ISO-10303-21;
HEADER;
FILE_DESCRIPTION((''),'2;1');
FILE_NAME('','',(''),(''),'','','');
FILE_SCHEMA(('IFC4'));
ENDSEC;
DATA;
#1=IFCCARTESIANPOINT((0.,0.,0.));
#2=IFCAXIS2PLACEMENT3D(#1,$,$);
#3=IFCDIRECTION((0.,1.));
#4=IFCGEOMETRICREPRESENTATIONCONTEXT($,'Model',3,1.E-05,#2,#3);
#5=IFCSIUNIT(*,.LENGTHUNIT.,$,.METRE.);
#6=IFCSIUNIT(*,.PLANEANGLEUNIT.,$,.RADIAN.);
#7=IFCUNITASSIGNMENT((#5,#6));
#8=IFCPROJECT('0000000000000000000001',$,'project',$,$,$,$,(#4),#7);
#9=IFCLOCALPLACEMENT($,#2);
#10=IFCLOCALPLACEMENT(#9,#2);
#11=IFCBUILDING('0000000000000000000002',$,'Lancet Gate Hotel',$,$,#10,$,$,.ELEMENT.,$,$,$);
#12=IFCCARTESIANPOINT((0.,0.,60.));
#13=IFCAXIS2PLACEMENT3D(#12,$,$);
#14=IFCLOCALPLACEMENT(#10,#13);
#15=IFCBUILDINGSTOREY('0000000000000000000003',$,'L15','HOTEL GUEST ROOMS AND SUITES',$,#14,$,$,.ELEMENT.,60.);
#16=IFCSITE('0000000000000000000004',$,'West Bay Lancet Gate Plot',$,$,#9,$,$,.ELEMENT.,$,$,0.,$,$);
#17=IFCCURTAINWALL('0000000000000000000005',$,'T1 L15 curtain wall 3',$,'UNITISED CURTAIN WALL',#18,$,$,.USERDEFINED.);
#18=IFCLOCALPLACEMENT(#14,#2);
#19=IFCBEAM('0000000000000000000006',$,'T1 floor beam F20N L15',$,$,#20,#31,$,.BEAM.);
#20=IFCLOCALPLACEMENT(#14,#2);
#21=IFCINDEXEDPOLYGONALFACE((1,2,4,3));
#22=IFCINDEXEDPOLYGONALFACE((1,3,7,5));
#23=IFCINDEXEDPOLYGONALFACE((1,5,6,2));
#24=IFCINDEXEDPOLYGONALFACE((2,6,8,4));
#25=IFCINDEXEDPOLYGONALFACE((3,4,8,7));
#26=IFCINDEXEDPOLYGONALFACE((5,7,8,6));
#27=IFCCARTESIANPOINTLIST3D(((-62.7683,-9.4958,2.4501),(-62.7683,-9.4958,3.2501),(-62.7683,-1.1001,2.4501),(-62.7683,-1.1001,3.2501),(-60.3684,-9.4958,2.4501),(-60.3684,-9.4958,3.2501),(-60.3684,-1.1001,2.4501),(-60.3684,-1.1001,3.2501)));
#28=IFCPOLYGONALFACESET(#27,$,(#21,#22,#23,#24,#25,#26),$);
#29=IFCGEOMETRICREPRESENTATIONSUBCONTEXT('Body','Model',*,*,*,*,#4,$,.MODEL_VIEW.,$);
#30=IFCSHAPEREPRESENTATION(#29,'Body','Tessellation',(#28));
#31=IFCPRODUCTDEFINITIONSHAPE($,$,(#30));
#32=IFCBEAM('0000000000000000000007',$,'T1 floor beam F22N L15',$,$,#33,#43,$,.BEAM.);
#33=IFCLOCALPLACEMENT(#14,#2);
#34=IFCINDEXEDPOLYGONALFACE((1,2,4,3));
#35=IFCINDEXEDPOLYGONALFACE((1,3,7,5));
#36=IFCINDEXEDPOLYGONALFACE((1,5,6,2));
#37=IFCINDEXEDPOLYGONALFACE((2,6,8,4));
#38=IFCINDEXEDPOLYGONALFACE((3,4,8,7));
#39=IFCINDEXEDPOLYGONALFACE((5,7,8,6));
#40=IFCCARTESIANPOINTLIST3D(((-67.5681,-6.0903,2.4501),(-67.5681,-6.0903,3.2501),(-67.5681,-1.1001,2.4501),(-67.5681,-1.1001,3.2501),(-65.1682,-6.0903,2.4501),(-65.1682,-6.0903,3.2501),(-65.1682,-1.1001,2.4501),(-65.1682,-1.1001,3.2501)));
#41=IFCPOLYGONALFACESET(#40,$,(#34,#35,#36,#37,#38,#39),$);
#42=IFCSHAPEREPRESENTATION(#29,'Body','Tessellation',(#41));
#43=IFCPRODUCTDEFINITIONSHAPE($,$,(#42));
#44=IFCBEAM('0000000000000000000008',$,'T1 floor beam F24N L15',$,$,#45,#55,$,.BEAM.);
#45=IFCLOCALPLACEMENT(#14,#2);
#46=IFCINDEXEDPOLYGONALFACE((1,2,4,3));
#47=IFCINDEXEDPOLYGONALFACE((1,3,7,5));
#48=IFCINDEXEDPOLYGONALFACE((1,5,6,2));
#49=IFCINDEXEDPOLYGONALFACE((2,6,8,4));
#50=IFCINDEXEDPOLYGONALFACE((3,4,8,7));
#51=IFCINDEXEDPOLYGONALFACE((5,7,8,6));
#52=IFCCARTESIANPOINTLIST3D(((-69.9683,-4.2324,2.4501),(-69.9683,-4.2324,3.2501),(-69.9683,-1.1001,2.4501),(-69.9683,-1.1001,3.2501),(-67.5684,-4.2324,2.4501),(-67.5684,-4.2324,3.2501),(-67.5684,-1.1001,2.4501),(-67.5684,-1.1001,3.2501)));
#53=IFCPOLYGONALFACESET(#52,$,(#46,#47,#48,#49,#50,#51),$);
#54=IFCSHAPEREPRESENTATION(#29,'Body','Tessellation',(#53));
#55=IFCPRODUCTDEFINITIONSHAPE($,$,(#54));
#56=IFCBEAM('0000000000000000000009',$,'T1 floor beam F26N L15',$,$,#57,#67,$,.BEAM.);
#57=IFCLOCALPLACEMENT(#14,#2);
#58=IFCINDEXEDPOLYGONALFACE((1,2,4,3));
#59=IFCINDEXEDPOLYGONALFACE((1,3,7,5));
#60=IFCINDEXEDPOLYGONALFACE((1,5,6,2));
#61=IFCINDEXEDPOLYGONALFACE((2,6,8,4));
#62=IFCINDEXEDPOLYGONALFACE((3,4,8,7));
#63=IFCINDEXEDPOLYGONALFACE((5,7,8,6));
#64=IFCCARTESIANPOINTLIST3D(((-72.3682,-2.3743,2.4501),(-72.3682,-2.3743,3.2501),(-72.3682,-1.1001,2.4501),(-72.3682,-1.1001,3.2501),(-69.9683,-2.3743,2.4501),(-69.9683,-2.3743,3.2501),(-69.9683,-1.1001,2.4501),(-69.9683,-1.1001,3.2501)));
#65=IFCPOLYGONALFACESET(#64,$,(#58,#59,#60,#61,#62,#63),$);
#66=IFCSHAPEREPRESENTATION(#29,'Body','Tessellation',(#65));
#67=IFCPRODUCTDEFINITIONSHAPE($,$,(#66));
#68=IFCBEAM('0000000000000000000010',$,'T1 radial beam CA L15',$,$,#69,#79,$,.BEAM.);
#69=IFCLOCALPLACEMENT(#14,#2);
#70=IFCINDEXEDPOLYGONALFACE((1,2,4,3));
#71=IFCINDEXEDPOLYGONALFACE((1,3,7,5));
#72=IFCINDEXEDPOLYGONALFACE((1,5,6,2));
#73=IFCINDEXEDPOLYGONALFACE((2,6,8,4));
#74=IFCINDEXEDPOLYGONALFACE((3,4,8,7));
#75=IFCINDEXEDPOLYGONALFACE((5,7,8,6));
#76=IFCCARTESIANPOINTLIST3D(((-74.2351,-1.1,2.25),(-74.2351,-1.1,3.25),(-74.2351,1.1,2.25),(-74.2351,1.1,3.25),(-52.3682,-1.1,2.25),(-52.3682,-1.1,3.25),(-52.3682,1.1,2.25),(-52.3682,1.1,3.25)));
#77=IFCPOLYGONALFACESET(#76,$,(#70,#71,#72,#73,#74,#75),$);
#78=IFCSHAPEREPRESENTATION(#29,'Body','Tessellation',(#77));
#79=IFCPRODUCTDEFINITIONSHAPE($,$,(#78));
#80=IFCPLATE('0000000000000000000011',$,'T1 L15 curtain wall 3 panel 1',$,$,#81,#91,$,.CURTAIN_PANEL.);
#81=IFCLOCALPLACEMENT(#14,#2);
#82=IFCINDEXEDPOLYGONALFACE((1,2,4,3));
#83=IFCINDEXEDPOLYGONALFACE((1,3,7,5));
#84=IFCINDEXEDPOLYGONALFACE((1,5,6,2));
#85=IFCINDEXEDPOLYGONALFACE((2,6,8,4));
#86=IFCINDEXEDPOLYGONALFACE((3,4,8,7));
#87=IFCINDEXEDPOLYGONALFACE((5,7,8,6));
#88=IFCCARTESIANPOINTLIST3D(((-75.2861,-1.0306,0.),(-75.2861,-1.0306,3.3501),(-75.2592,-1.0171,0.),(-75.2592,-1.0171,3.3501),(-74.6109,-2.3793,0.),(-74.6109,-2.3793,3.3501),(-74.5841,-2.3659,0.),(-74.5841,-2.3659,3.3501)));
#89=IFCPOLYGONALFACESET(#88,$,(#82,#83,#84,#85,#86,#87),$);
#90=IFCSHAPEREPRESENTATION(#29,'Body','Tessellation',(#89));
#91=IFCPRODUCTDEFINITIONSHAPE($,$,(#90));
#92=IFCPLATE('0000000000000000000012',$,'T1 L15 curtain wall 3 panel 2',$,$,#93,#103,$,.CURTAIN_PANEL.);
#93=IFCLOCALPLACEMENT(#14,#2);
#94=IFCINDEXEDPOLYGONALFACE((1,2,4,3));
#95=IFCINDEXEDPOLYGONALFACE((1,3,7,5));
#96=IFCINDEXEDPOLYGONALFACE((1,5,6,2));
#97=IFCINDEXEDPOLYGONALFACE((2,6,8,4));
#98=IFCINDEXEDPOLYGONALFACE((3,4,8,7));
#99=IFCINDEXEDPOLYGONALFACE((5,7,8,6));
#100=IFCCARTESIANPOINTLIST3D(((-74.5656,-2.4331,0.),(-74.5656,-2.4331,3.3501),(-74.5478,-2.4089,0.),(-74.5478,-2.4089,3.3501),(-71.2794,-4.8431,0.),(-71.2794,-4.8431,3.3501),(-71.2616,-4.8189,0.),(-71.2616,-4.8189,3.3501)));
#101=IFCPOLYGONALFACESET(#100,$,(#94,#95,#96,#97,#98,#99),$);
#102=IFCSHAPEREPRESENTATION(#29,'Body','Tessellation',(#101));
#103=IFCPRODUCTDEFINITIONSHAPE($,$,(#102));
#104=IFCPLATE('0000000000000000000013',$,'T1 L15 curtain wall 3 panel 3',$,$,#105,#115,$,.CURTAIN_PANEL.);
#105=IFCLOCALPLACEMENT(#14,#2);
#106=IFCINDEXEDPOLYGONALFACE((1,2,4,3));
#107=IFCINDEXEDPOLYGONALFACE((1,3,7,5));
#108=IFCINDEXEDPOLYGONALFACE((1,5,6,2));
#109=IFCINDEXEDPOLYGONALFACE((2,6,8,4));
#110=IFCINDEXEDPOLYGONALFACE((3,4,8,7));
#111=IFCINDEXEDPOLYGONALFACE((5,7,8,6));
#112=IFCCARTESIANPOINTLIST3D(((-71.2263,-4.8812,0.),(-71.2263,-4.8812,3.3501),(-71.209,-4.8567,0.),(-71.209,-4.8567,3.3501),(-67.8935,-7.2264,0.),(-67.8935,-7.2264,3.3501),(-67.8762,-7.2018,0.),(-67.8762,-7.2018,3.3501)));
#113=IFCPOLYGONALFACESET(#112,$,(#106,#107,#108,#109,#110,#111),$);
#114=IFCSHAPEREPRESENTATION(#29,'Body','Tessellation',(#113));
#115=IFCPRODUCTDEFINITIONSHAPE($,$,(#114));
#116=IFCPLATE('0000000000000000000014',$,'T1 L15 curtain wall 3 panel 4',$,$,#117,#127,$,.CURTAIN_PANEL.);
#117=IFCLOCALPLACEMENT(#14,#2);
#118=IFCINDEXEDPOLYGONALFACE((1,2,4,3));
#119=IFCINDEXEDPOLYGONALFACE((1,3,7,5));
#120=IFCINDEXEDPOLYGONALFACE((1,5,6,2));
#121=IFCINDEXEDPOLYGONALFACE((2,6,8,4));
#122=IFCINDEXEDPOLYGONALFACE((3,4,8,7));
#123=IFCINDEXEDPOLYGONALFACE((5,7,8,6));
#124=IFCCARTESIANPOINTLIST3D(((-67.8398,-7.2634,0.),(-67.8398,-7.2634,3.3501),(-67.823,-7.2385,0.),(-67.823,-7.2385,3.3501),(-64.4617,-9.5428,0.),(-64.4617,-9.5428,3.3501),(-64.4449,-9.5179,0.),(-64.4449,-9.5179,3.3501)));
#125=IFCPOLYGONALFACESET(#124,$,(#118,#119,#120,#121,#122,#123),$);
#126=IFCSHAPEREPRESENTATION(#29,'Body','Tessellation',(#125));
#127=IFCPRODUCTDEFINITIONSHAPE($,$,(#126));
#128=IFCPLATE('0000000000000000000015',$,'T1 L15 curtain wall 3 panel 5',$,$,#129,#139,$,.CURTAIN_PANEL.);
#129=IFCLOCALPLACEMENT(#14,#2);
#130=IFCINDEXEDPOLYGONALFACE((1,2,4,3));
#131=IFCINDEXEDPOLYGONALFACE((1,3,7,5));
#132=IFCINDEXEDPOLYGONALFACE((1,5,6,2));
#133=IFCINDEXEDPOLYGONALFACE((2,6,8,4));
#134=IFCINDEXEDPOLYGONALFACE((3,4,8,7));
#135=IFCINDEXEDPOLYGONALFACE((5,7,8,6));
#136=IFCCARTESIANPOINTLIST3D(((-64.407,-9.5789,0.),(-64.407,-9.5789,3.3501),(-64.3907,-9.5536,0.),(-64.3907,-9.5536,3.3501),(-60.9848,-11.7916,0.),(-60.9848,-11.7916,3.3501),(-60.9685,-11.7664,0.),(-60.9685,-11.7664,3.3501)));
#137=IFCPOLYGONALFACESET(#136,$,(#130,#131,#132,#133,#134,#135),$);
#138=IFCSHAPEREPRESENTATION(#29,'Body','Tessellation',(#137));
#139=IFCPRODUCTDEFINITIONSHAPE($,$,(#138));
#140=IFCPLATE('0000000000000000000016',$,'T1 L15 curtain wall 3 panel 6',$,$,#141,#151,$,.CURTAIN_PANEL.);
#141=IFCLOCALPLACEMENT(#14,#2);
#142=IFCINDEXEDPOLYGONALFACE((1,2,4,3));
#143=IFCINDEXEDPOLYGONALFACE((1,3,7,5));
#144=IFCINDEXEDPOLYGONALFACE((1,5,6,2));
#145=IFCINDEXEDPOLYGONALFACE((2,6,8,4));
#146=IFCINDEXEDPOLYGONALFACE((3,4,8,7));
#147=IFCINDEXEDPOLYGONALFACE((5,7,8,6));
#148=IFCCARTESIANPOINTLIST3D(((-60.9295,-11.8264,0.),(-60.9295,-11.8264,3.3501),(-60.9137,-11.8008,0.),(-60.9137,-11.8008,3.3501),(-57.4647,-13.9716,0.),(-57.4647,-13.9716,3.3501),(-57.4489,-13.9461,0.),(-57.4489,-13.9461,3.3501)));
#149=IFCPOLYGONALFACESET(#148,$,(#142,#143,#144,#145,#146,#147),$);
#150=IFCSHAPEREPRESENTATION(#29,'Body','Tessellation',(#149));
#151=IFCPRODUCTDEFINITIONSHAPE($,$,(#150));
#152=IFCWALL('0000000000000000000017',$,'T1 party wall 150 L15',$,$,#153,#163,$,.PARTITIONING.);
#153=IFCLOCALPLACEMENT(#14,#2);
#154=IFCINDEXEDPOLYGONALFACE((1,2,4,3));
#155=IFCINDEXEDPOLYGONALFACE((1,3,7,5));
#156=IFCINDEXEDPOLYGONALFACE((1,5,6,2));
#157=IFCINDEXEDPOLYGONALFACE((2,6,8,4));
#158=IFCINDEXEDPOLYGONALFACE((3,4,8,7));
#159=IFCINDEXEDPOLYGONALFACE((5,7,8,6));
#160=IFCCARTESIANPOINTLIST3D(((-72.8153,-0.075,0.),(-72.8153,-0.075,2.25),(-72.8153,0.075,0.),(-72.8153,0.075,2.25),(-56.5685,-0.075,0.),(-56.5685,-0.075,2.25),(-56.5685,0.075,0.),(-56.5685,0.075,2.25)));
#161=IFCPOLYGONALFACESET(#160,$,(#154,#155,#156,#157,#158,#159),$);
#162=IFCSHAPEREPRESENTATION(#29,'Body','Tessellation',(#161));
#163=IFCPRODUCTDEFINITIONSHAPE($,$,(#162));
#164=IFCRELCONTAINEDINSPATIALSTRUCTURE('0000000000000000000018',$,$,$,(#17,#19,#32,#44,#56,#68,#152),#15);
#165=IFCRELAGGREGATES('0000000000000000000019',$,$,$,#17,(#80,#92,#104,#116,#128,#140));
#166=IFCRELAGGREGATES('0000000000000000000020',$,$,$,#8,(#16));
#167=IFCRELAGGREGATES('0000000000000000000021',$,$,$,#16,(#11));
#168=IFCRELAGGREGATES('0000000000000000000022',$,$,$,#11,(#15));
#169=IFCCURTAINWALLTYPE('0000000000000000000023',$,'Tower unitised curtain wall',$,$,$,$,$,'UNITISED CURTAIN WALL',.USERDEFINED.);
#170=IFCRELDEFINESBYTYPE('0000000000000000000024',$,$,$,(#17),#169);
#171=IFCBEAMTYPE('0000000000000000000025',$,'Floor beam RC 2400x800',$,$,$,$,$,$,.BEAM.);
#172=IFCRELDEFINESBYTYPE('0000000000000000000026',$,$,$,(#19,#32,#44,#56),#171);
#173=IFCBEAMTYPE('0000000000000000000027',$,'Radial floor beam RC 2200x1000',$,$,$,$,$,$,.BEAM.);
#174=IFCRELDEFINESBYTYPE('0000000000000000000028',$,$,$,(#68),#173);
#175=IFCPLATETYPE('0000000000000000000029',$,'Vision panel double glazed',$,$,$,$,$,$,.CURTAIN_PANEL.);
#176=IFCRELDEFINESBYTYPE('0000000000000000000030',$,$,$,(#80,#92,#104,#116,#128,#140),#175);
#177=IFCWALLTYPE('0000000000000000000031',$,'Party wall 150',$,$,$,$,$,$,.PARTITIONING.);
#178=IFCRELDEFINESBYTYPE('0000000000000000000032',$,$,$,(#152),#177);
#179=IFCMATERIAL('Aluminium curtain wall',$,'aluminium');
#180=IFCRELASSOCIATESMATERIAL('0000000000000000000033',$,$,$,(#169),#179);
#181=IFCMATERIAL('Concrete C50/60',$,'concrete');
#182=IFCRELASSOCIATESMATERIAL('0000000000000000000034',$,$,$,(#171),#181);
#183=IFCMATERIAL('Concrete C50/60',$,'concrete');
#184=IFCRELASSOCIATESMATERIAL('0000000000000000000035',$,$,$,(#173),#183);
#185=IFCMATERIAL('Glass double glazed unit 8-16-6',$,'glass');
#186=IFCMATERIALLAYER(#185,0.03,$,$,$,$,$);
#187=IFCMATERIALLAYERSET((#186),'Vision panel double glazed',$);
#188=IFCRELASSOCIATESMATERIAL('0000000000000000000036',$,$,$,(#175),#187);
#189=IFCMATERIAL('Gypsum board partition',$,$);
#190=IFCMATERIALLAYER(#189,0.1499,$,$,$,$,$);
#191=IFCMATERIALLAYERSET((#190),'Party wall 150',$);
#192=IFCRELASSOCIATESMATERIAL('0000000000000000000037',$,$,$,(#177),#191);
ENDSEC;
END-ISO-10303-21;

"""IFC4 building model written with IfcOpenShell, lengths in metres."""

from ifc_helpers import new_model, si_unit, direction, frame, frame_2d, origin, origin_2d, place, context, subcontext, project, spatial, rectangle, extrude, material, layer, layer_set, material_profile, profile_set, type_object, element, aggregate, save


model = new_model("IFC4")

# Units and contexts
model_context = context("Model", 3, precision=1e-05, world=origin(), true_north=direction((0.0, 1.0)))
body_context = subcontext(model_context, "Body", "Model", "MODEL_VIEW")
ifc_project = project(units=[si_unit("LENGTHUNIT", "METRE"), si_unit("PLANEANGLEUNIT", "RADIAN")], contexts=[model_context])

# Site, building, storey
site_placement = place(None, origin())
site = spatial("IfcSite", under=ifc_project, at=site_placement, Name="West Bay Lancet Gate Plot", CompositionType="ELEMENT", RefElevation=0.0)
building_placement = place(site_placement, origin())
building = spatial("IfcBuilding", under=site, at=building_placement, Name="Lancet Gate Hotel", CompositionType="ELEMENT")
storey_placement = place(building_placement, frame((0.0, 0.0, 60.0)))
storey = spatial("IfcBuildingStorey", under=building, at=storey_placement, Name="L15", Description="HOTEL GUEST ROOMS AND SUITES", CompositionType="ELEMENT", Elevation=60.0)

# Curtain wall
ifc_material_1 = material(Name="Aluminium curtain wall", Category="aluminium")
curtain_wall_type = type_object("IfcCurtainWallType", Name="Tower unitised curtain wall", ElementType="UNITISED CURTAIN WALL", PredefinedType="USERDEFINED", material=ifc_material_1)
curtain_wall_placement = place(storey_placement, origin())
curtain_wall = element("IfcCurtainWall", 1, at=curtain_wall_placement, inside=storey, type_object=curtain_wall_type, Name="T1 L15 curtain wall 3", ObjectType="UNITISED CURTAIN WALL", PredefinedType="USERDEFINED")

# Beams
ifc_material_2 = material(Name="Concrete C50/60", Category="concrete")
ifc_material_profile_1 = material_profile(ifc_material_2, rectangle(XDim=2.3999, YDim=0.8, at=origin_2d()), Name="RC 2400x800")
ifc_profile_set_1 = profile_set([ifc_material_profile_1], Name="Concrete C50/60")
beam_type_1 = type_object("IfcBeamType", Name="Floor beam RC 2400x800", PredefinedType="BEAM", material=ifc_profile_set_1)
beam_1_placement = place(storey_placement, frame((-61.5684, -1.1001, 2.8501), z_axis=(0.0, -1.0, 0.0), x_axis=(1.0, 0.0, 0.0)))
element("IfcBeam", 2, at=beam_1_placement, inside=storey, type_object=beam_type_1, Name="T1 floor beam F20N L15", PredefinedType="BEAM", context=body_context, shape_type="SweptSolid", body=[
    extrude(rectangle(XDim=2.3999, YDim=0.8, at=origin_2d()), origin(), (0.0, 0.0, 1.0), 8.3958),
])
beam_2_placement = place(storey_placement, frame((-66.3682, -1.1001, 2.8501), z_axis=(0.0, -1.0, 0.0), x_axis=(1.0, 0.0, 0.0)))
element("IfcBeam", 3, at=beam_2_placement, inside=storey, type_object=beam_type_1, Name="T1 floor beam F22N L15", PredefinedType="BEAM", context=body_context, shape_type="SweptSolid", body=[
    extrude(rectangle(XDim=2.3999, YDim=0.8, at=origin_2d()), origin(), (0.0, 0.0, 1.0), 4.9902),
])
beam_3_placement = place(storey_placement, frame((-68.7683, -1.1001, 2.8501), z_axis=(0.0, -1.0, 0.0), x_axis=(1.0, 0.0, 0.0)))
element("IfcBeam", 4, at=beam_3_placement, inside=storey, type_object=beam_type_1, Name="T1 floor beam F24N L15", PredefinedType="BEAM", context=body_context, shape_type="SweptSolid", body=[
    extrude(rectangle(XDim=2.3999, YDim=0.8, at=origin_2d()), origin(), (0.0, 0.0, 1.0), 3.1323),
])
beam_4_placement = place(storey_placement, frame((-71.1682, -1.1001, 2.8501), z_axis=(0.0, -1.0, 0.0), x_axis=(1.0, 0.0, 0.0)))
element("IfcBeam", 5, at=beam_4_placement, inside=storey, type_object=beam_type_1, Name="T1 floor beam F26N L15", PredefinedType="BEAM", context=body_context, shape_type="SweptSolid", body=[
    extrude(rectangle(XDim=2.3999, YDim=0.8, at=origin_2d()), origin(), (0.0, 0.0, 1.0), 1.2742),
])
ifc_material_3 = material(Name="Concrete C50/60", Category="concrete")
ifc_material_profile_2 = material_profile(ifc_material_3, rectangle(XDim=2.2, YDim=1.0, at=origin_2d()), Name="RC 2200x1000")
ifc_profile_set_2 = profile_set([ifc_material_profile_2], Name="Concrete C50/60")
beam_type_2 = type_object("IfcBeamType", Name="Radial floor beam RC 2200x1000", PredefinedType="BEAM", material=ifc_profile_set_2)
beam_5_placement = place(storey_placement, frame((-74.2351, 0.0, 2.75), z_axis=(1.0, 0.0, 0.0), x_axis=(0.0, 1.0, 0.0)))
element("IfcBeam", 6, at=beam_5_placement, inside=storey, type_object=beam_type_2, Name="T1 radial beam CA L15", PredefinedType="BEAM", context=body_context, shape_type="SweptSolid", body=[
    extrude(rectangle(XDim=2.2, YDim=1.0, at=origin_2d()), origin(), (0.0, 0.0, 1.0), 21.8669),
])

# Plates
ifc_material_4 = material(Name="Glass double glazed unit 8-16-6", Category="glass")
ifc_layer_1 = layer(ifc_material_4, 0.03)
ifc_layer_set_1 = layer_set([ifc_layer_1], Name="Vision panel double glazed")
plate_type = type_object("IfcPlateType", Name="Vision panel double glazed", PredefinedType="CURTAIN_PANEL", material=ifc_layer_set_1)
plate_1_placement = place(storey_placement, frame((-74.9351, -1.6982, 0.0), z_axis=(0.0, 0.0, 1.0), x_axis=(0.447628, -0.89422, 0.0)))
plate_1 = element("IfcPlate", 7, at=plate_1_placement, type_object=plate_type, Name="T1 L15 curtain wall 3 panel 1", PredefinedType="CURTAIN_PANEL", context=body_context, shape_type="SweptSolid", body=[
    extrude(rectangle(XDim=1.5083, YDim=0.03, at=origin_2d()), origin(), (0.0, 0.0, 1.0), 3.3501),
])
plate_2_placement = place(storey_placement, frame((-72.9136, -3.626, 0.0), z_axis=(0.0, 0.0, 1.0), x_axis=(0.80639, -0.591384, 0.0)))
plate_2 = element("IfcPlate", 8, at=plate_2_placement, type_object=plate_type, Name="T1 L15 curtain wall 3 panel 2", PredefinedType="CURTAIN_PANEL", context=body_context, shape_type="SweptSolid", body=[
    extrude(rectangle(XDim=4.0752, YDim=0.03, at=origin_2d()), origin(), (0.0, 0.0, 1.0), 3.3501),
])
plate_3_placement = place(storey_placement, frame((-69.5513, -6.0415, 0.0), z_axis=(0.0, 0.0, 1.0), x_axis=(0.817825, -0.575467, 0.0)))
plate_3 = element("IfcPlate", 9, at=plate_3_placement, type_object=plate_type, Name="T1 L15 curtain wall 3 panel 3", PredefinedType="CURTAIN_PANEL", context=body_context, shape_type="SweptSolid", body=[
    extrude(rectangle(XDim=4.0752, YDim=0.03, at=origin_2d()), origin(), (0.0, 0.0, 1.0), 3.3501),
])
plate_4_placement = place(storey_placement, frame((-66.1423, -8.3906, 0.0), z_axis=(0.0, 0.0, 1.0), x_axis=(0.828946, -0.559329, 0.0)))
plate_4 = element("IfcPlate", 10, at=plate_4_placement, type_object=plate_type, Name="T1 L15 curtain wall 3 panel 4", PredefinedType="CURTAIN_PANEL", context=body_context, shape_type="SweptSolid", body=[
    extrude(rectangle(XDim=4.0752, YDim=0.03, at=origin_2d()), origin(), (0.0, 0.0, 1.0), 3.3501),
])
plate_5_placement = place(storey_placement, frame((-62.6877, -10.6726, 0.0), z_axis=(0.0, 0.0, 1.0), x_axis=(0.839749, -0.542975, 0.0)))
plate_5 = element("IfcPlate", 11, at=plate_5_placement, type_object=plate_type, Name="T1 L15 curtain wall 3 panel 5", PredefinedType="CURTAIN_PANEL", context=body_context, shape_type="SweptSolid", body=[
    extrude(rectangle(XDim=4.0752, YDim=0.03, at=origin_2d()), origin(), (0.0, 0.0, 1.0), 3.3501),
])
plate_6_placement = place(storey_placement, frame((-59.1892, -12.8862, 0.0), z_axis=(0.0, 0.0, 1.0), x_axis=(0.850229, -0.526414, 0.0)))
plate_6 = element("IfcPlate", 12, at=plate_6_placement, type_object=plate_type, Name="T1 L15 curtain wall 3 panel 6", PredefinedType="CURTAIN_PANEL", context=body_context, shape_type="SweptSolid", body=[
    extrude(rectangle(XDim=4.0752, YDim=0.03, at=origin_2d()), origin(), (0.0, 0.0, 1.0), 3.3501),
])
aggregate(curtain_wall, [plate_1, plate_2, plate_3, plate_4, plate_5, plate_6])

# Wall
ifc_material_5 = material(Name="Gypsum board partition")
ifc_layer_2 = layer(ifc_material_5, 0.1499)
ifc_layer_set_2 = layer_set([ifc_layer_2], Name="Party wall 150")
wall_type = type_object("IfcWallType", Name="Party wall 150", PredefinedType="PARTITIONING", material=ifc_layer_set_2)
wall_placement = place(storey_placement, frame((-56.5684, 0.0, 0.0), z_axis=(0.0, 0.0, 1.0), x_axis=(-1.0, 0.0, 0.0)))
element("IfcWall", 13, at=wall_placement, inside=storey, type_object=wall_type, Name="T1 party wall 150 L15", PredefinedType="PARTITIONING", context=body_context, shape_type="SweptSolid", body=[
    extrude(rectangle(XDim=16.2468, YDim=0.1499, at=frame_2d((8.1235, 0.0))), origin(), (0.0, 0.0, 1.0), 2.25),
])

save(model, "model.ifc")
